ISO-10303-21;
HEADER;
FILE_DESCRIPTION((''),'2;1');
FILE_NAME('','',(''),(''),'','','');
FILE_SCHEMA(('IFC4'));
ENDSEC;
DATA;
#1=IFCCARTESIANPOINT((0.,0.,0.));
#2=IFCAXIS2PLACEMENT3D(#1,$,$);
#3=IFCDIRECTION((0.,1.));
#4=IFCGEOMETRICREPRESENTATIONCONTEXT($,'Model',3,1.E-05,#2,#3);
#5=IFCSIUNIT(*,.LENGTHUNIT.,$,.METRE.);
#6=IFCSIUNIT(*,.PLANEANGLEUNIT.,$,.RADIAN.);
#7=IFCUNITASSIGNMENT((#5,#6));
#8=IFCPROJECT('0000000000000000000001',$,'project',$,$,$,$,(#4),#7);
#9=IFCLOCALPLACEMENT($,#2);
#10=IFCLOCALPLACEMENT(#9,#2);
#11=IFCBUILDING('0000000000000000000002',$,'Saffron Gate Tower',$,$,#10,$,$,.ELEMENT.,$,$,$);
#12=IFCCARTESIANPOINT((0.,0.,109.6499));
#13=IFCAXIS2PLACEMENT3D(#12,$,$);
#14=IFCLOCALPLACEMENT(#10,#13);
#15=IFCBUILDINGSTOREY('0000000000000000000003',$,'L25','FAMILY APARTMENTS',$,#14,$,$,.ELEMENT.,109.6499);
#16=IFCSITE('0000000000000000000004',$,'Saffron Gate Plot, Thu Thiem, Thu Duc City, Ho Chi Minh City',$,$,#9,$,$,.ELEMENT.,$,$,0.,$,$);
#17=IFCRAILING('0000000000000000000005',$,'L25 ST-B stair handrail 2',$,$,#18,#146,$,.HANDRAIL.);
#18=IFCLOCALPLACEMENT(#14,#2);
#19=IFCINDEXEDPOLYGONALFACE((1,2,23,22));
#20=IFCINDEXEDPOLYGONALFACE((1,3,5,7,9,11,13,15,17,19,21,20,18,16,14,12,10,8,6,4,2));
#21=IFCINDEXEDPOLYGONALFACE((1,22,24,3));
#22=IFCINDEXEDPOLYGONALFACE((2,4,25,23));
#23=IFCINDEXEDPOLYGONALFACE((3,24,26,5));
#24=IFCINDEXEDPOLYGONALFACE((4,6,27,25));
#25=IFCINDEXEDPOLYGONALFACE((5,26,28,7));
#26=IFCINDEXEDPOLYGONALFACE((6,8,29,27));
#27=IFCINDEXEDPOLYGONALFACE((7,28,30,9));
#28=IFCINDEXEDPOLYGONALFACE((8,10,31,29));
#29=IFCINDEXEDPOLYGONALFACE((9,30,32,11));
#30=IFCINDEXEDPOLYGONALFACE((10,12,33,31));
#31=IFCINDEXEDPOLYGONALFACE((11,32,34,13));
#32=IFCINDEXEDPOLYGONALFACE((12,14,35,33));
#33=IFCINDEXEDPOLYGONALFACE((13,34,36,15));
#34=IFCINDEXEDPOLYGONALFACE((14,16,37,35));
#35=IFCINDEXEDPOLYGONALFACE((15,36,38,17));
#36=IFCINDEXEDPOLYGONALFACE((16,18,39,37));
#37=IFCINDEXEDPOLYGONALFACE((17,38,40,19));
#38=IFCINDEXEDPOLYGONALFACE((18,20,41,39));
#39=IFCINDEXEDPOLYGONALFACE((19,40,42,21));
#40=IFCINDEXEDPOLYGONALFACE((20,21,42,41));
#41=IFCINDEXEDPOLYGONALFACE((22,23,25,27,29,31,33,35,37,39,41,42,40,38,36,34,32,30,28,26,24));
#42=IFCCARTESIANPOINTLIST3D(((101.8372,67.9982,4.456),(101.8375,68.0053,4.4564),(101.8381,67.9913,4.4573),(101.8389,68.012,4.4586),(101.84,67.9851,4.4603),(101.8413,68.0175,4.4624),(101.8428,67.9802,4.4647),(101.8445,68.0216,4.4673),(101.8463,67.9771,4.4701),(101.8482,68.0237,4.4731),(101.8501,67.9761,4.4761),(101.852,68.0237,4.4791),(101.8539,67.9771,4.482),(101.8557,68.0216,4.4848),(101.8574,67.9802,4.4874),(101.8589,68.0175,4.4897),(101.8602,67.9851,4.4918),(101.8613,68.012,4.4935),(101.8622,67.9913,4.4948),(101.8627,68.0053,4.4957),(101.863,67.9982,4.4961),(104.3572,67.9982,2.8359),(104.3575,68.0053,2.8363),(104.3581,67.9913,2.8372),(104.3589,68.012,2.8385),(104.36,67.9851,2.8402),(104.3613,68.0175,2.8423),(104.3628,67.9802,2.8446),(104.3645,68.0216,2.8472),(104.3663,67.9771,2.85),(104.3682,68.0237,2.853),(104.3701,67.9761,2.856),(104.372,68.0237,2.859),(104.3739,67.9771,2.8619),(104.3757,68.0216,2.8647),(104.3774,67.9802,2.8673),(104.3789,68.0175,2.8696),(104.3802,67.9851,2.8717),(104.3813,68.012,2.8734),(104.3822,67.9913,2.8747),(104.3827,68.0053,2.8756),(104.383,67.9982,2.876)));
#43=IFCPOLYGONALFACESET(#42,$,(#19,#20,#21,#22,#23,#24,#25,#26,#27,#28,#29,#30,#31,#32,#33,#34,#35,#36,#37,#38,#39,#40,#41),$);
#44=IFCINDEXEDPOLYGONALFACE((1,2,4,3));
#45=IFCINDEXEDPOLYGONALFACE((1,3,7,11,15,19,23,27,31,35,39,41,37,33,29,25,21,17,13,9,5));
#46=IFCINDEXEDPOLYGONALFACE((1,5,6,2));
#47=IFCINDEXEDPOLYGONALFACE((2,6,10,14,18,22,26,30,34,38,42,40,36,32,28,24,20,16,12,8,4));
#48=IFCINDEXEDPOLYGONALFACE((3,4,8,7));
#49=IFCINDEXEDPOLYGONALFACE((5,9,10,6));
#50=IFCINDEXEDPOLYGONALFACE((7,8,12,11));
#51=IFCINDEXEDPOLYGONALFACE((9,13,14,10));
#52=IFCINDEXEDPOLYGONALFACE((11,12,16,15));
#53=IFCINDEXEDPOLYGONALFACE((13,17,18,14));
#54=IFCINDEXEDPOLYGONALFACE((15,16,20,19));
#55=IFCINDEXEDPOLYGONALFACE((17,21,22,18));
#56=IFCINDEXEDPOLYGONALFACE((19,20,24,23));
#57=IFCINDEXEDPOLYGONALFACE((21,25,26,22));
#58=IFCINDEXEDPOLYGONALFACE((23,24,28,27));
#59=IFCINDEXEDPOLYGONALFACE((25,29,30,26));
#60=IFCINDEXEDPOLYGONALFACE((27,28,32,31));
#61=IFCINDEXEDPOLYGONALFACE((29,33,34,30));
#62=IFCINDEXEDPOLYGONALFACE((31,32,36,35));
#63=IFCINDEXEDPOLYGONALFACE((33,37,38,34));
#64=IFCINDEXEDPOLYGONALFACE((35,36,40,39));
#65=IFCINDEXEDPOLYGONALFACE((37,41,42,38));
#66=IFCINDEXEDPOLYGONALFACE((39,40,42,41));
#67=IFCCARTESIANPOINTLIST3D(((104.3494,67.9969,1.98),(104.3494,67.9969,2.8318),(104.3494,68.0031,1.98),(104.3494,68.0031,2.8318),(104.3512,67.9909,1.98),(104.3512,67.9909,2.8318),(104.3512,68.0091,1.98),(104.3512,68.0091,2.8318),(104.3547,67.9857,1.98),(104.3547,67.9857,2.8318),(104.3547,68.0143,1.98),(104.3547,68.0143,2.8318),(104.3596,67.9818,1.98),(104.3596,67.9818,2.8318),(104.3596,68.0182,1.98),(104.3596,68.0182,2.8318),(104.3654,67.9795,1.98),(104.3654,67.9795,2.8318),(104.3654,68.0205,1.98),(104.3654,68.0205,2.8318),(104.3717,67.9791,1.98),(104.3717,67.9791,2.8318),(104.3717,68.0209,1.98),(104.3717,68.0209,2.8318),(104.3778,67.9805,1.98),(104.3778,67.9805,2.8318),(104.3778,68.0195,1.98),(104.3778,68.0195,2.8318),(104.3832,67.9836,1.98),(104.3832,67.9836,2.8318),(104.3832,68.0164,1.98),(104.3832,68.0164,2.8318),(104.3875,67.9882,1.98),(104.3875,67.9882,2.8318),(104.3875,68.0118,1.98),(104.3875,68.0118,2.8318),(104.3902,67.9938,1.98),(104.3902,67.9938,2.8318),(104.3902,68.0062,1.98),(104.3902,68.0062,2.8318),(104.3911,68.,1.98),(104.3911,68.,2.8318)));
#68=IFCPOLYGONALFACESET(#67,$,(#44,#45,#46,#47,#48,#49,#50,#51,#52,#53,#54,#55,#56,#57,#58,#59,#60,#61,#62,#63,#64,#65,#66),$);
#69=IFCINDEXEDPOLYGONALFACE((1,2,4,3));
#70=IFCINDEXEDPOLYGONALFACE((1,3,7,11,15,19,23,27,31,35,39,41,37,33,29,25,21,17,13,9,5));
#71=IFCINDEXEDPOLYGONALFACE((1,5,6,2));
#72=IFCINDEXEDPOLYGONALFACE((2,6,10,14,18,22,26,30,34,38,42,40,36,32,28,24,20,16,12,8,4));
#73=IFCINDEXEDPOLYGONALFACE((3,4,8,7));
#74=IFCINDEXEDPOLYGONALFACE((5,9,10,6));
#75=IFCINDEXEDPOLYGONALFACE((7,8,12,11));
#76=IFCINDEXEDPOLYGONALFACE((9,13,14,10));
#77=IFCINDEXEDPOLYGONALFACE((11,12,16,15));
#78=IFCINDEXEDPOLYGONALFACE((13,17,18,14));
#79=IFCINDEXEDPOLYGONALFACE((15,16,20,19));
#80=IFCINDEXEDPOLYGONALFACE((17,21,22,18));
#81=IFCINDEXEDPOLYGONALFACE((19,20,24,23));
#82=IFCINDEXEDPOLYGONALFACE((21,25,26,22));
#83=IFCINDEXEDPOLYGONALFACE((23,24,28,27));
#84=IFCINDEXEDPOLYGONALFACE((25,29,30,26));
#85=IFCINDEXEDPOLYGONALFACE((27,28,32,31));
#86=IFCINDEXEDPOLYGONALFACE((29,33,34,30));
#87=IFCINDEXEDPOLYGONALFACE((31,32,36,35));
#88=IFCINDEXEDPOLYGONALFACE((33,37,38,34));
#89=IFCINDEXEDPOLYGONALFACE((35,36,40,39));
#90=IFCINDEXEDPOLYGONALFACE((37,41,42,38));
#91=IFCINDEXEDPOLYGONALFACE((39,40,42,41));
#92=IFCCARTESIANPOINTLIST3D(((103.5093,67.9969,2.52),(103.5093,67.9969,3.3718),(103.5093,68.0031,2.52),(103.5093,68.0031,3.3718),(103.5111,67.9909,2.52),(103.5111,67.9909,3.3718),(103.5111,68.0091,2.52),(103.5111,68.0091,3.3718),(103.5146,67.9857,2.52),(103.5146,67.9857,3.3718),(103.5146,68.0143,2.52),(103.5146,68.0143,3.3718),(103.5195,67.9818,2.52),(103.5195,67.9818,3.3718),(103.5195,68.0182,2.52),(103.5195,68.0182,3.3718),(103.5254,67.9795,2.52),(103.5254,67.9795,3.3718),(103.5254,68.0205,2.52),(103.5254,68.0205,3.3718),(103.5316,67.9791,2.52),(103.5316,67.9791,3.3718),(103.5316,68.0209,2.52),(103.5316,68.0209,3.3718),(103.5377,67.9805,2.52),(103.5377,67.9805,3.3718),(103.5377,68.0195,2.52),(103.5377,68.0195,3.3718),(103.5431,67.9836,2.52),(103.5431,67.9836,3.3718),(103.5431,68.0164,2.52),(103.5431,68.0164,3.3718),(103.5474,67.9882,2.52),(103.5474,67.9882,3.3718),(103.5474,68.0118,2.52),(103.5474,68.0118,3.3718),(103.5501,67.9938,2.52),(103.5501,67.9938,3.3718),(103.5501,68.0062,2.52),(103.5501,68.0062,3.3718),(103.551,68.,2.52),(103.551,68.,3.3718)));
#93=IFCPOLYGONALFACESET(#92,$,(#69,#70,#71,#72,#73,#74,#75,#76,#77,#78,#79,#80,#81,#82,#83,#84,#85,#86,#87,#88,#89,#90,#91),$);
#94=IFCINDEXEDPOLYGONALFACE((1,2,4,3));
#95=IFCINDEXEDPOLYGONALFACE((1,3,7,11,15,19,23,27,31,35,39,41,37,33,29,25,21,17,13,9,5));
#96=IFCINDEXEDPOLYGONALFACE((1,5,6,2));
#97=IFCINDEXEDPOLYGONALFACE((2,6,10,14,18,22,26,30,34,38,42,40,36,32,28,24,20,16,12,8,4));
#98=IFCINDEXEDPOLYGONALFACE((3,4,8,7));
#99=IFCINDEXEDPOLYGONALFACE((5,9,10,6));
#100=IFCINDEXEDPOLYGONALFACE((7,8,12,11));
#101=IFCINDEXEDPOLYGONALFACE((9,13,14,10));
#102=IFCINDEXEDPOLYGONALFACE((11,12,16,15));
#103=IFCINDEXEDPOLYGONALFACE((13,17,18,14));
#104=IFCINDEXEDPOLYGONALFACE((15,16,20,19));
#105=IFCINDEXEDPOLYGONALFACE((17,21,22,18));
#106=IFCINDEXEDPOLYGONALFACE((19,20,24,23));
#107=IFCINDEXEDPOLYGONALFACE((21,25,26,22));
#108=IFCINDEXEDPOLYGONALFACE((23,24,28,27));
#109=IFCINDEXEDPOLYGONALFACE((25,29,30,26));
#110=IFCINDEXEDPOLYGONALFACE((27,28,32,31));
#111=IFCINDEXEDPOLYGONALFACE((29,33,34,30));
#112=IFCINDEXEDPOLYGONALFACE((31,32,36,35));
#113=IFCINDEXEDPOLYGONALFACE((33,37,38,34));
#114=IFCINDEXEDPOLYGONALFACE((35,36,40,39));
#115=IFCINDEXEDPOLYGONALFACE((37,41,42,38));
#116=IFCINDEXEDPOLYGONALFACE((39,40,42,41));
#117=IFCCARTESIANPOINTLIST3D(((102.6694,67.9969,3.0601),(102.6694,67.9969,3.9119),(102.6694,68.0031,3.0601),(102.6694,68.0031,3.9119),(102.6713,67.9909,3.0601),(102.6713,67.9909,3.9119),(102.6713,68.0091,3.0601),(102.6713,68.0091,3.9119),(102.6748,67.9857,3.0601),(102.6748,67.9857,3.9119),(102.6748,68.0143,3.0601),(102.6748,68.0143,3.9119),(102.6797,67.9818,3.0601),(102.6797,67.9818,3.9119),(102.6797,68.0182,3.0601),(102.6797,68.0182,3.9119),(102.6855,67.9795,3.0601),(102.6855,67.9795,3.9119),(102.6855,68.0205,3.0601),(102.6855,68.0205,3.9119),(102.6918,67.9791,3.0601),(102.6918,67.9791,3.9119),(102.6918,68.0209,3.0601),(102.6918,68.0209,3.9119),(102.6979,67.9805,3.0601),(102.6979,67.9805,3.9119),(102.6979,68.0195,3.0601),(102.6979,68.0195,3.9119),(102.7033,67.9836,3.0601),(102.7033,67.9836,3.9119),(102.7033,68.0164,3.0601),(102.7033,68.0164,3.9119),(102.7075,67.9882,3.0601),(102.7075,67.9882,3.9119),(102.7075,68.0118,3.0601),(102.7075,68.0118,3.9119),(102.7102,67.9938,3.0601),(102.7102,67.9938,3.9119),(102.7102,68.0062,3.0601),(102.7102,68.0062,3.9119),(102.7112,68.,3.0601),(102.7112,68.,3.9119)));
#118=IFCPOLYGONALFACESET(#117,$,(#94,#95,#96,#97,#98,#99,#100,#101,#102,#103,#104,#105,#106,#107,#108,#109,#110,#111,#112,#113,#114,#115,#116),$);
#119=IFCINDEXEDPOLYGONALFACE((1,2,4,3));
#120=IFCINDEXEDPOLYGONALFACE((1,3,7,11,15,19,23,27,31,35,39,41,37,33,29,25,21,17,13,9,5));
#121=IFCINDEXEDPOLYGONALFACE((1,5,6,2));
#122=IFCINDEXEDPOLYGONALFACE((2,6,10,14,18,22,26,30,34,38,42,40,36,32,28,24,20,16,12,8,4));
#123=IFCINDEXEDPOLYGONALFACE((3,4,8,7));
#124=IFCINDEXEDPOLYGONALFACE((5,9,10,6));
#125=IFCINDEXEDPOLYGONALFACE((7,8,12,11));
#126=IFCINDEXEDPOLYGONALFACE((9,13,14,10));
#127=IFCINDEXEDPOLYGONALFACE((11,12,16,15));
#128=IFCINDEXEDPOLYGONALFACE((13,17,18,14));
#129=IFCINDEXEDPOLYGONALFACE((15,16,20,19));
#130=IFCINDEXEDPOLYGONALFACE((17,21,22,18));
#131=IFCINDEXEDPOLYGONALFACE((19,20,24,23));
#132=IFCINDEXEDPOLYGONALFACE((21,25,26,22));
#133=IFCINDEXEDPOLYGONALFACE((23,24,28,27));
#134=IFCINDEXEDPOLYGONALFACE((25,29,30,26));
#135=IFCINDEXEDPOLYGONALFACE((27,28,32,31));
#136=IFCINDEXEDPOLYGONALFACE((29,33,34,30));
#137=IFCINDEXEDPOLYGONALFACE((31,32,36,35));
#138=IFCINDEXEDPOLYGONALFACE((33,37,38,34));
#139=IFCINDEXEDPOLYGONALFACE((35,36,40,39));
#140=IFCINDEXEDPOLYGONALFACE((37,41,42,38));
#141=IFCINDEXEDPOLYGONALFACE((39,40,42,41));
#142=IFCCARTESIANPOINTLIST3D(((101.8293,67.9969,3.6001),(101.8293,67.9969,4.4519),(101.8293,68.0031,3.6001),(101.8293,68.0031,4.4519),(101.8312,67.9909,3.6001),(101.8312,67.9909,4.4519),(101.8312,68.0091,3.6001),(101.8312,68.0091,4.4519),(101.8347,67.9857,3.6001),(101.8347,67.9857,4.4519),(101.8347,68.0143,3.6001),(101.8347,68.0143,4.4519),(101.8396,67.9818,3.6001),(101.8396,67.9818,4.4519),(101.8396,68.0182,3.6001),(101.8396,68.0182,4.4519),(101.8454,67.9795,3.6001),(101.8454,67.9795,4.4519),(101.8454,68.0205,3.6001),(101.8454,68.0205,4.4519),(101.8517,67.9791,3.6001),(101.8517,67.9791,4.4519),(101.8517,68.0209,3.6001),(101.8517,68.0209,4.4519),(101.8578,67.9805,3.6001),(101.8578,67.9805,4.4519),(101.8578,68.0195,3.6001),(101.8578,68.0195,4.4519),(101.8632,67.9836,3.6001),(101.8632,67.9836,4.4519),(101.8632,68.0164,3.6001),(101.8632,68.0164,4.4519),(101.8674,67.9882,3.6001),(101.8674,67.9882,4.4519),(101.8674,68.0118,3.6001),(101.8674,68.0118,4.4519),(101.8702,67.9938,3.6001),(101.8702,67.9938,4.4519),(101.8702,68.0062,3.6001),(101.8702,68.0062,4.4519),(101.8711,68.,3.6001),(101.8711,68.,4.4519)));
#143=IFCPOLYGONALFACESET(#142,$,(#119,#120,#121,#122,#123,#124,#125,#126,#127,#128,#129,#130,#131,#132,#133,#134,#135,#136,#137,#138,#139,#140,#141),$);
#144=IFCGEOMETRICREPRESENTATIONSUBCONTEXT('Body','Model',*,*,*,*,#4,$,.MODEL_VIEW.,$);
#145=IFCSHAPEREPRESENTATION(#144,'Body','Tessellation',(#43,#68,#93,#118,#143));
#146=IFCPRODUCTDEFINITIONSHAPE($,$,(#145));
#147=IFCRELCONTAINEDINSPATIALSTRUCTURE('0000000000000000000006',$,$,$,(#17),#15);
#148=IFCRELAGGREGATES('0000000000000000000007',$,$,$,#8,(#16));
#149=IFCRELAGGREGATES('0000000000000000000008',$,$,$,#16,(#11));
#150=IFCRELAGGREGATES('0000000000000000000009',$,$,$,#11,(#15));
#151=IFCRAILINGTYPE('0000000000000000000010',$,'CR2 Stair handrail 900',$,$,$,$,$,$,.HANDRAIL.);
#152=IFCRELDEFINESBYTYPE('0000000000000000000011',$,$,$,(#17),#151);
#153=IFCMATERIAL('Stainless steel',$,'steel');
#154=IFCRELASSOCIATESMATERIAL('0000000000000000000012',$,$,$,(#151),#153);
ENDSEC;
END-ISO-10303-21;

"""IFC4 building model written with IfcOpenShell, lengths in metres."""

from ifc_helpers import new_model, si_unit, direction, frame, origin, origin_2d, place, context, subcontext, project, spatial, circle, extrude, material, type_object, element, save


model = new_model("IFC4")

# Units and contexts
model_context = context("Model", 3, precision=1e-05, world=origin(), true_north=direction((0.0, 1.0)))
body_context = subcontext(model_context, "Body", "Model", "MODEL_VIEW")
ifc_project = project(units=[si_unit("LENGTHUNIT", "METRE"), si_unit("PLANEANGLEUNIT", "RADIAN")], contexts=[model_context])

# Site, building, storey
site_placement = place(None, origin())
site = spatial("IfcSite", under=ifc_project, at=site_placement, Name="Saffron Gate Plot, Thu Thiem, Thu Duc City, Ho Chi Minh City", CompositionType="ELEMENT", RefElevation=0.0)
building_placement = place(site_placement, origin())
building = spatial("IfcBuilding", under=site, at=building_placement, Name="Saffron Gate Tower", CompositionType="ELEMENT")
storey_placement = place(building_placement, frame((0.0, 0.0, 109.6499)))
storey = spatial("IfcBuildingStorey", under=building, at=storey_placement, Name="L25", Description="FAMILY APARTMENTS", CompositionType="ELEMENT", Elevation=109.6499)

# Railing
ifc_material_1 = material(Name="Stainless steel", Category="steel")
railing_type_1 = type_object("IfcRailingType", Name="CR2 Stair handrail 900", PredefinedType="HANDRAIL", material=ifc_material_1)
railing_1_placement = place(storey_placement, frame((104.3701, 68.0, 1.98)))
element("IfcRailing", 1, at=railing_1_placement, inside=storey, type_object=railing_type_1, Name="L25 ST-B stair handrail 2", PredefinedType="HANDRAIL", context=body_context, shape_type="SweptSolid", body=[
    extrude(circle(Radius=0.0239, at=origin_2d()), frame((0.0, 0.0, 0.876), z_axis=(-0.841163, 0.0, 0.540782), x_axis=(0.0, -1.0, 0.0)), (0.0, 0.0, 1.0), 2.9958),
    extrude(circle(Radius=0.021, at=origin_2d()), origin(), (0.0, 0.0, 1.0), 0.8518),
    extrude(circle(Radius=0.021, at=origin_2d()), frame((-0.8401, 0.0, 0.54)), (0.0, 0.0, 1.0), 0.8518),
    extrude(circle(Radius=0.021, at=origin_2d()), frame((-1.6799, 0.0, 1.0801)), (0.0, 0.0, 1.0), 0.8518),
    extrude(circle(Radius=0.021, at=origin_2d()), frame((-2.52, 0.0, 1.6201)), (0.0, 0.0, 1.0), 0.8518),
])

save(model, "model.ifc")
